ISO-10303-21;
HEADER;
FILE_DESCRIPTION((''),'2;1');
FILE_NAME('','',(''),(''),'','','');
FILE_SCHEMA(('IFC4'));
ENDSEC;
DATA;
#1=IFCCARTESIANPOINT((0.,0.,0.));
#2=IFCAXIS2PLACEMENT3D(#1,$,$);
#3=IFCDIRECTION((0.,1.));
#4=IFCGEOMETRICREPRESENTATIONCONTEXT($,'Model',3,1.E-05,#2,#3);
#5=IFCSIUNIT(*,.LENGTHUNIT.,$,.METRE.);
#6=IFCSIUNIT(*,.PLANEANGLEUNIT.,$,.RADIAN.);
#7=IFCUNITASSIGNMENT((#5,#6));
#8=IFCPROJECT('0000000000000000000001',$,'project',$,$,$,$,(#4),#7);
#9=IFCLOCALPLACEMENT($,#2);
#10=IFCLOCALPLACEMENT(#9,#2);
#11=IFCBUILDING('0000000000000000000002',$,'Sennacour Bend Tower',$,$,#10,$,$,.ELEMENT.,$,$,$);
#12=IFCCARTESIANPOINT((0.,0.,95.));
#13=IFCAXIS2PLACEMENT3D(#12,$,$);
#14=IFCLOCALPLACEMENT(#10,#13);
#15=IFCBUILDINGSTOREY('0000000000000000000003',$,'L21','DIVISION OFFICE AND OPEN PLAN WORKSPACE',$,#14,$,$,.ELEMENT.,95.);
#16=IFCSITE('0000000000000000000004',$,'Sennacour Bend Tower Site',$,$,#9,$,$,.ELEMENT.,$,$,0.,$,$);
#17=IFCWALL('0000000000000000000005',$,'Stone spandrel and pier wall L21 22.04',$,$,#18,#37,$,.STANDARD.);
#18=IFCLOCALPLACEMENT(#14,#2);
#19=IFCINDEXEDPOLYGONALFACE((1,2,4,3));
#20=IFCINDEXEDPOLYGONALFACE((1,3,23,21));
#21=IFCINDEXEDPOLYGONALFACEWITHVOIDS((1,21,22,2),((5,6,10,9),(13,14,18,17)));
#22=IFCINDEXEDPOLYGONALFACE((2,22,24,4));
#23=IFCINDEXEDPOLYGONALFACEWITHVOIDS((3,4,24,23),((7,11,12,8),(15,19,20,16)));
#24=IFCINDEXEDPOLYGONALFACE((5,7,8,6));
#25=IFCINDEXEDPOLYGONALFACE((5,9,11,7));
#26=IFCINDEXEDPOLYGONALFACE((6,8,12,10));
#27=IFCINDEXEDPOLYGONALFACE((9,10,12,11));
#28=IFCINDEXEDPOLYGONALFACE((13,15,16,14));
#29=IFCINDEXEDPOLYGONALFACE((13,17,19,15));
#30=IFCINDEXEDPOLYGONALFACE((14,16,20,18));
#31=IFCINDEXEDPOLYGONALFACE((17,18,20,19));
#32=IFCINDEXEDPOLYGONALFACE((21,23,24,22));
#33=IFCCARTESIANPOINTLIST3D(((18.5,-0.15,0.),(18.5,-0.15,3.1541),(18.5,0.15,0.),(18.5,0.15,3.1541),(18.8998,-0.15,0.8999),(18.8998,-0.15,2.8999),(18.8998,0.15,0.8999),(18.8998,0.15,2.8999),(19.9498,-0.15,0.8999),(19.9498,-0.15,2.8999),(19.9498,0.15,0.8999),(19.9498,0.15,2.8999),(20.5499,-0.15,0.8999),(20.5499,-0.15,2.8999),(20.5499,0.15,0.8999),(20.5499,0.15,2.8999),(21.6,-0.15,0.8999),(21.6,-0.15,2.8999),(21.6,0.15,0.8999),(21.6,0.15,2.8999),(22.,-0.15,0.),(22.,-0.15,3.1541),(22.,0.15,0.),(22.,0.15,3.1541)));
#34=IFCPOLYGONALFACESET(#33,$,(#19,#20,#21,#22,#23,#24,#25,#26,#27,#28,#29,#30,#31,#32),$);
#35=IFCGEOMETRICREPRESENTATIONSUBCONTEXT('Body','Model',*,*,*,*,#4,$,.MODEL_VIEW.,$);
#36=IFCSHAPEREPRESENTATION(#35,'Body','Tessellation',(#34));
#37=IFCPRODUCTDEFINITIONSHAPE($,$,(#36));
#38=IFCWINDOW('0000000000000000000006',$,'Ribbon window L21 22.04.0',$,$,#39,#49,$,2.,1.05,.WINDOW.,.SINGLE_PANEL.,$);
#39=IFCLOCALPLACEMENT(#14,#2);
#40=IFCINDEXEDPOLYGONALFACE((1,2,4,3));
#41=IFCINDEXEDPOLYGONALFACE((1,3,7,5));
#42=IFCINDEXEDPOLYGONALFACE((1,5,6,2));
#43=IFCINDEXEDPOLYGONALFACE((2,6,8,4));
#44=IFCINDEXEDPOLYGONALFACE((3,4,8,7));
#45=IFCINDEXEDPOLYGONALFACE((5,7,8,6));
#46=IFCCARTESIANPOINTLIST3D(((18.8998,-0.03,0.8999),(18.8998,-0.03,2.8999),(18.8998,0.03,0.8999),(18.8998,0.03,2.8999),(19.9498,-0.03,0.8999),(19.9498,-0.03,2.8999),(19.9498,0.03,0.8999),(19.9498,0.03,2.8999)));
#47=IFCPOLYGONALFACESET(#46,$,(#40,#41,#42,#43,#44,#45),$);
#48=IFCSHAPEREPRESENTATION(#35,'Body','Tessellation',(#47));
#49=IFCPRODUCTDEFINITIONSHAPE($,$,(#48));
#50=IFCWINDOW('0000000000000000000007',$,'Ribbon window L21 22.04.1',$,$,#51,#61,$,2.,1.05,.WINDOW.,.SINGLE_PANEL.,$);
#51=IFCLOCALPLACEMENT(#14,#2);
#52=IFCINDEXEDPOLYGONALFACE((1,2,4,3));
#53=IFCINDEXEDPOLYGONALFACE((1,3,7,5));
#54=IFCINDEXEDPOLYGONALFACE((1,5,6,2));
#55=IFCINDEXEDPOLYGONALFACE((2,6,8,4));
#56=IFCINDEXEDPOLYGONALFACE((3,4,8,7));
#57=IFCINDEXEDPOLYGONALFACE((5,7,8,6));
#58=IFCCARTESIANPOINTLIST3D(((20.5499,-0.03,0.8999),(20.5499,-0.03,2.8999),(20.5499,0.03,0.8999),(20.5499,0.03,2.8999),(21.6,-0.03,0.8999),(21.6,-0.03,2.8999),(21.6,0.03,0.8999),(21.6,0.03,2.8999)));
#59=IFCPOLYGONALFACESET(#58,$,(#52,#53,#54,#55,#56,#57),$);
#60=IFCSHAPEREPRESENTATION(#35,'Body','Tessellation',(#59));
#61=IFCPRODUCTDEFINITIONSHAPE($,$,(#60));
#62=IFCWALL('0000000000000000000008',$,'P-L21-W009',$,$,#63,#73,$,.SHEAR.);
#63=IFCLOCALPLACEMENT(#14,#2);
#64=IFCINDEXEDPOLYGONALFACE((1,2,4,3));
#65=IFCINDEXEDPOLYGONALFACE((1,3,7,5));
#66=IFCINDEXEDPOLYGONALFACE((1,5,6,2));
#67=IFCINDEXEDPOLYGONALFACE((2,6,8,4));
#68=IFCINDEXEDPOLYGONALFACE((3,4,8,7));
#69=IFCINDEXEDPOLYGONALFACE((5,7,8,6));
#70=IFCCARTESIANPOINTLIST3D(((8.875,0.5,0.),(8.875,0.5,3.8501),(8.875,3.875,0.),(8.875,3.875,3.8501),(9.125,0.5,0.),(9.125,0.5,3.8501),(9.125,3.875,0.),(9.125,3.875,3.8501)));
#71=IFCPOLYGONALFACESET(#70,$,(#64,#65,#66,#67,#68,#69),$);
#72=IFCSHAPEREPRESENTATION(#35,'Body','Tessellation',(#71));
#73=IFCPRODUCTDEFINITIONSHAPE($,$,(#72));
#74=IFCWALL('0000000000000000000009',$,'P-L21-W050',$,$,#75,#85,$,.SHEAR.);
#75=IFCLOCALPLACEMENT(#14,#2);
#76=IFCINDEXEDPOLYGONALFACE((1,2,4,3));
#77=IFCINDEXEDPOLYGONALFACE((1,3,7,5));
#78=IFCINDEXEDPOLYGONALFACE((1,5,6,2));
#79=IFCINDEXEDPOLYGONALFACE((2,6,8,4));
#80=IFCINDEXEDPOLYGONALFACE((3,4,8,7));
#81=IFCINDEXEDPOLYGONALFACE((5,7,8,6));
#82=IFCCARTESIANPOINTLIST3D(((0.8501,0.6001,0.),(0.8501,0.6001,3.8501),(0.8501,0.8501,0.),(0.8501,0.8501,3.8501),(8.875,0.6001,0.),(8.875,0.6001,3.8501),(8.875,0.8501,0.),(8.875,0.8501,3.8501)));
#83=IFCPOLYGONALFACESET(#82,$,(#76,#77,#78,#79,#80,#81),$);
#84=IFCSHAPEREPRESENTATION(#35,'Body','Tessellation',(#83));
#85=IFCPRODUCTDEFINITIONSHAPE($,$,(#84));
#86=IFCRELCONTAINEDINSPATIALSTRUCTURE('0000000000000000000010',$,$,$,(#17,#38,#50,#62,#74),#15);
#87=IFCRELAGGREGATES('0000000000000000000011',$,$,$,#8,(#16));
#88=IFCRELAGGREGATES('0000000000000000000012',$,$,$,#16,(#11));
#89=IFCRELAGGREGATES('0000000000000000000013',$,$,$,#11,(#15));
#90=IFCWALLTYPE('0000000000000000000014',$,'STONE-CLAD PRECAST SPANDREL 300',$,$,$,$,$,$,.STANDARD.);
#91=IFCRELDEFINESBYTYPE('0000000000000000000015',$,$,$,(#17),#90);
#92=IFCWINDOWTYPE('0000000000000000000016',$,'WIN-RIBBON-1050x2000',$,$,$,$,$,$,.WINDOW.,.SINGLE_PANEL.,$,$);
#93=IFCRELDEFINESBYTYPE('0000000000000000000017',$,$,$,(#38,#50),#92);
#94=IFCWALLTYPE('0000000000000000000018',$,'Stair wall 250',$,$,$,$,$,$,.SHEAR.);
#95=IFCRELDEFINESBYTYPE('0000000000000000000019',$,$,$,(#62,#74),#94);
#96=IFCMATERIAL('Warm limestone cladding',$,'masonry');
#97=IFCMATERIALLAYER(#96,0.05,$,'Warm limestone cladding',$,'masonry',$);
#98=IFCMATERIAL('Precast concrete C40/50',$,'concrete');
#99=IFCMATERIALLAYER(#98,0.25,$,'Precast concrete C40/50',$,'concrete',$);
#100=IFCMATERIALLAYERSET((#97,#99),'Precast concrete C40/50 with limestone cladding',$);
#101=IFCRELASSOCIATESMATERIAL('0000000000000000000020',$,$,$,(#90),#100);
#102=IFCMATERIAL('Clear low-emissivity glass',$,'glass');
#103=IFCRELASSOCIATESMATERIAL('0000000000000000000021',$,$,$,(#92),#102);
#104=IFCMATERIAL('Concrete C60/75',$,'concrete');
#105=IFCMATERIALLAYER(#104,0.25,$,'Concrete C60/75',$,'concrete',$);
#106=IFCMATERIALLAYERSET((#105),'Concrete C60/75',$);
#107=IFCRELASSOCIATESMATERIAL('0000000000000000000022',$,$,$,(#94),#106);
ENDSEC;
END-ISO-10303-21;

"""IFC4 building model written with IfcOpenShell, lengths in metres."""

from ifc_helpers import new_model, si_unit, direction, frame, frame_2d, origin, place, context, subcontext, project, spatial, rectangle, extrude, material, layer, layer_set, type_object, element, fill, save


model = new_model("IFC4")

# Units and contexts
model_context = context("Model", 3, precision=1e-05, world=origin(), true_north=direction((0.0, 1.0)))
body_context = subcontext(model_context, "Body", "Model", "MODEL_VIEW")
ifc_project = project(units=[si_unit("LENGTHUNIT", "METRE"), si_unit("PLANEANGLEUNIT", "RADIAN")], contexts=[model_context])

# Site, building, storey
site_placement = place(None, origin())
site = spatial("IfcSite", under=ifc_project, at=site_placement, Name="Sennacour Bend Tower Site", CompositionType="ELEMENT", RefElevation=0.0)
building_placement = place(site_placement, origin())
building = spatial("IfcBuilding", under=site, at=building_placement, Name="Sennacour Bend Tower", CompositionType="ELEMENT")
storey_placement = place(building_placement, frame((0.0, 0.0, 95.0)))
storey = spatial("IfcBuildingStorey", under=building, at=storey_placement, Name="L21", Description="DIVISION OFFICE AND OPEN PLAN WORKSPACE", CompositionType="ELEMENT", Elevation=95.0)

# Wall, openings, windows
ifc_material_1 = material(Name="Warm limestone cladding", Category="masonry")
ifc_layer_1 = layer(ifc_material_1, 0.05, Name="Warm limestone cladding", Category="masonry")
ifc_material_2 = material(Name="Precast concrete C40/50", Category="concrete")
ifc_layer_2 = layer(ifc_material_2, 0.25, Name="Precast concrete C40/50", Category="concrete")
ifc_layer_set_1 = layer_set([ifc_layer_1, ifc_layer_2], Name="Precast concrete C40/50 with limestone cladding")
wall_type_1 = type_object("IfcWallType", Name="STONE-CLAD PRECAST SPANDREL 300", PredefinedType="STANDARD", material=ifc_layer_set_1)
ifc_material_3 = material(Name="Clear low-emissivity glass", Category="glass")
window_type = type_object("IfcWindowType", Name="WIN-RIBBON-1050x2000", PartitioningType="SINGLE_PANEL", PredefinedType="WINDOW", material=ifc_material_3)
wall_1_placement = place(storey_placement, frame((18.5, 0.0, 0.0), z_axis=(0.0, 0.0, 1.0), x_axis=(1.0, 0.0, 0.0)))
wall_1 = element("IfcWall", 1, at=wall_1_placement, inside=storey, type_object=wall_type_1, Name="Stone spandrel and pier wall L21 22.04", PredefinedType="STANDARD", context=body_context, shape_type="SweptSolid", body=[
    extrude(rectangle(XDim=3.5, YDim=0.3, at=frame_2d((1.75, 0.0))), origin(), (0.0, 0.0, 1.0), 3.1541),
])
opening_1_placement = place(wall_1_placement, frame((0.3999, 0.0, 0.8999)))
opening_1 = element("IfcOpeningElement", 2, at=opening_1_placement, cuts=wall_1, PredefinedType="OPENING", context=body_context, shape_type="SweptSolid", body=[
    extrude(rectangle(XDim=1.05, YDim=2.0, at=frame_2d((0.5249, 1.0))), frame((0.0, 0.1602, 0.0), z_axis=(0.0, -1.0, 0.0), x_axis=(1.0, 0.0, 0.0)), (0.0, 0.0, 1.0), 0.3201),
])
opening_2_placement = place(wall_1_placement, frame((2.05, 0.0, 0.8999)))
opening_2 = element("IfcOpeningElement", 3, at=opening_2_placement, cuts=wall_1, PredefinedType="OPENING", context=body_context, shape_type="SweptSolid", body=[
    extrude(rectangle(XDim=1.05, YDim=2.0, at=frame_2d((0.5249, 1.0))), frame((0.0, 0.1602, 0.0), z_axis=(0.0, -1.0, 0.0), x_axis=(1.0, 0.0, 0.0)), (0.0, 0.0, 1.0), 0.3201),
])
window_1_placement = place(opening_1_placement, origin())
window_1 = element("IfcWindow", 4, at=window_1_placement, inside=storey, type_object=window_type, Name="Ribbon window L21 22.04.0", OverallHeight=2.0, OverallWidth=1.05, PartitioningType="SINGLE_PANEL", PredefinedType="WINDOW", context=body_context, shape_type="SweptSolid", body=[
    extrude(rectangle(XDim=1.05, YDim=2.0, at=frame_2d((0.5249, 1.0))), frame((0.0, 0.03, 0.0), z_axis=(0.0, -1.0, 0.0), x_axis=(1.0, 0.0, 0.0)), (0.0, 0.0, 1.0), 0.0601),
])
fill(opening_1, window_1)
window_2_placement = place(opening_2_placement, origin())
window_2 = element("IfcWindow", 5, at=window_2_placement, inside=storey, type_object=window_type, Name="Ribbon window L21 22.04.1", OverallHeight=2.0, OverallWidth=1.05, PartitioningType="SINGLE_PANEL", PredefinedType="WINDOW", context=body_context, shape_type="SweptSolid", body=[
    extrude(rectangle(XDim=1.05, YDim=2.0, at=frame_2d((0.5249, 1.0))), frame((0.0, 0.03, 0.0), z_axis=(0.0, -1.0, 0.0), x_axis=(1.0, 0.0, 0.0)), (0.0, 0.0, 1.0), 0.0601),
])
fill(opening_2, window_2)

# Walls
ifc_material_4 = material(Name="Concrete C60/75", Category="concrete")
ifc_layer_3 = layer(ifc_material_4, 0.25, Name="Concrete C60/75", Category="concrete")
ifc_layer_set_2 = layer_set([ifc_layer_3], Name="Concrete C60/75")
wall_type_2 = type_object("IfcWallType", Name="Stair wall 250", PredefinedType="SHEAR", material=ifc_layer_set_2)
wall_2_placement = place(storey_placement, frame((9.0, 0.5, 0.0), z_axis=(0.0, 0.0, 1.0), x_axis=(0.0, 1.0, 0.0)))
element("IfcWall", 6, at=wall_2_placement, inside=storey, type_object=wall_type_2, Name="P-L21-W009", PredefinedType="SHEAR", context=body_context, shape_type="SweptSolid", body=[
    extrude(rectangle(XDim=3.375, YDim=0.25, at=frame_2d((1.6875, 0.0))), origin(), (0.0, 0.0, 1.0), 3.8501),
])
wall_3_placement = place(storey_placement, frame((0.8501, 0.7251, 0.0), z_axis=(0.0, 0.0, 1.0), x_axis=(1.0, 0.0, 0.0)))
element("IfcWall", 7, at=wall_3_placement, inside=storey, type_object=wall_type_2, Name="P-L21-W050", PredefinedType="SHEAR", context=body_context, shape_type="SweptSolid", body=[
    extrude(rectangle(XDim=8.0249, YDim=0.25, at=frame_2d((4.0125, 0.0))), origin(), (0.0, 0.0, 1.0), 3.8501),
])

save(model, "model.ifc")
